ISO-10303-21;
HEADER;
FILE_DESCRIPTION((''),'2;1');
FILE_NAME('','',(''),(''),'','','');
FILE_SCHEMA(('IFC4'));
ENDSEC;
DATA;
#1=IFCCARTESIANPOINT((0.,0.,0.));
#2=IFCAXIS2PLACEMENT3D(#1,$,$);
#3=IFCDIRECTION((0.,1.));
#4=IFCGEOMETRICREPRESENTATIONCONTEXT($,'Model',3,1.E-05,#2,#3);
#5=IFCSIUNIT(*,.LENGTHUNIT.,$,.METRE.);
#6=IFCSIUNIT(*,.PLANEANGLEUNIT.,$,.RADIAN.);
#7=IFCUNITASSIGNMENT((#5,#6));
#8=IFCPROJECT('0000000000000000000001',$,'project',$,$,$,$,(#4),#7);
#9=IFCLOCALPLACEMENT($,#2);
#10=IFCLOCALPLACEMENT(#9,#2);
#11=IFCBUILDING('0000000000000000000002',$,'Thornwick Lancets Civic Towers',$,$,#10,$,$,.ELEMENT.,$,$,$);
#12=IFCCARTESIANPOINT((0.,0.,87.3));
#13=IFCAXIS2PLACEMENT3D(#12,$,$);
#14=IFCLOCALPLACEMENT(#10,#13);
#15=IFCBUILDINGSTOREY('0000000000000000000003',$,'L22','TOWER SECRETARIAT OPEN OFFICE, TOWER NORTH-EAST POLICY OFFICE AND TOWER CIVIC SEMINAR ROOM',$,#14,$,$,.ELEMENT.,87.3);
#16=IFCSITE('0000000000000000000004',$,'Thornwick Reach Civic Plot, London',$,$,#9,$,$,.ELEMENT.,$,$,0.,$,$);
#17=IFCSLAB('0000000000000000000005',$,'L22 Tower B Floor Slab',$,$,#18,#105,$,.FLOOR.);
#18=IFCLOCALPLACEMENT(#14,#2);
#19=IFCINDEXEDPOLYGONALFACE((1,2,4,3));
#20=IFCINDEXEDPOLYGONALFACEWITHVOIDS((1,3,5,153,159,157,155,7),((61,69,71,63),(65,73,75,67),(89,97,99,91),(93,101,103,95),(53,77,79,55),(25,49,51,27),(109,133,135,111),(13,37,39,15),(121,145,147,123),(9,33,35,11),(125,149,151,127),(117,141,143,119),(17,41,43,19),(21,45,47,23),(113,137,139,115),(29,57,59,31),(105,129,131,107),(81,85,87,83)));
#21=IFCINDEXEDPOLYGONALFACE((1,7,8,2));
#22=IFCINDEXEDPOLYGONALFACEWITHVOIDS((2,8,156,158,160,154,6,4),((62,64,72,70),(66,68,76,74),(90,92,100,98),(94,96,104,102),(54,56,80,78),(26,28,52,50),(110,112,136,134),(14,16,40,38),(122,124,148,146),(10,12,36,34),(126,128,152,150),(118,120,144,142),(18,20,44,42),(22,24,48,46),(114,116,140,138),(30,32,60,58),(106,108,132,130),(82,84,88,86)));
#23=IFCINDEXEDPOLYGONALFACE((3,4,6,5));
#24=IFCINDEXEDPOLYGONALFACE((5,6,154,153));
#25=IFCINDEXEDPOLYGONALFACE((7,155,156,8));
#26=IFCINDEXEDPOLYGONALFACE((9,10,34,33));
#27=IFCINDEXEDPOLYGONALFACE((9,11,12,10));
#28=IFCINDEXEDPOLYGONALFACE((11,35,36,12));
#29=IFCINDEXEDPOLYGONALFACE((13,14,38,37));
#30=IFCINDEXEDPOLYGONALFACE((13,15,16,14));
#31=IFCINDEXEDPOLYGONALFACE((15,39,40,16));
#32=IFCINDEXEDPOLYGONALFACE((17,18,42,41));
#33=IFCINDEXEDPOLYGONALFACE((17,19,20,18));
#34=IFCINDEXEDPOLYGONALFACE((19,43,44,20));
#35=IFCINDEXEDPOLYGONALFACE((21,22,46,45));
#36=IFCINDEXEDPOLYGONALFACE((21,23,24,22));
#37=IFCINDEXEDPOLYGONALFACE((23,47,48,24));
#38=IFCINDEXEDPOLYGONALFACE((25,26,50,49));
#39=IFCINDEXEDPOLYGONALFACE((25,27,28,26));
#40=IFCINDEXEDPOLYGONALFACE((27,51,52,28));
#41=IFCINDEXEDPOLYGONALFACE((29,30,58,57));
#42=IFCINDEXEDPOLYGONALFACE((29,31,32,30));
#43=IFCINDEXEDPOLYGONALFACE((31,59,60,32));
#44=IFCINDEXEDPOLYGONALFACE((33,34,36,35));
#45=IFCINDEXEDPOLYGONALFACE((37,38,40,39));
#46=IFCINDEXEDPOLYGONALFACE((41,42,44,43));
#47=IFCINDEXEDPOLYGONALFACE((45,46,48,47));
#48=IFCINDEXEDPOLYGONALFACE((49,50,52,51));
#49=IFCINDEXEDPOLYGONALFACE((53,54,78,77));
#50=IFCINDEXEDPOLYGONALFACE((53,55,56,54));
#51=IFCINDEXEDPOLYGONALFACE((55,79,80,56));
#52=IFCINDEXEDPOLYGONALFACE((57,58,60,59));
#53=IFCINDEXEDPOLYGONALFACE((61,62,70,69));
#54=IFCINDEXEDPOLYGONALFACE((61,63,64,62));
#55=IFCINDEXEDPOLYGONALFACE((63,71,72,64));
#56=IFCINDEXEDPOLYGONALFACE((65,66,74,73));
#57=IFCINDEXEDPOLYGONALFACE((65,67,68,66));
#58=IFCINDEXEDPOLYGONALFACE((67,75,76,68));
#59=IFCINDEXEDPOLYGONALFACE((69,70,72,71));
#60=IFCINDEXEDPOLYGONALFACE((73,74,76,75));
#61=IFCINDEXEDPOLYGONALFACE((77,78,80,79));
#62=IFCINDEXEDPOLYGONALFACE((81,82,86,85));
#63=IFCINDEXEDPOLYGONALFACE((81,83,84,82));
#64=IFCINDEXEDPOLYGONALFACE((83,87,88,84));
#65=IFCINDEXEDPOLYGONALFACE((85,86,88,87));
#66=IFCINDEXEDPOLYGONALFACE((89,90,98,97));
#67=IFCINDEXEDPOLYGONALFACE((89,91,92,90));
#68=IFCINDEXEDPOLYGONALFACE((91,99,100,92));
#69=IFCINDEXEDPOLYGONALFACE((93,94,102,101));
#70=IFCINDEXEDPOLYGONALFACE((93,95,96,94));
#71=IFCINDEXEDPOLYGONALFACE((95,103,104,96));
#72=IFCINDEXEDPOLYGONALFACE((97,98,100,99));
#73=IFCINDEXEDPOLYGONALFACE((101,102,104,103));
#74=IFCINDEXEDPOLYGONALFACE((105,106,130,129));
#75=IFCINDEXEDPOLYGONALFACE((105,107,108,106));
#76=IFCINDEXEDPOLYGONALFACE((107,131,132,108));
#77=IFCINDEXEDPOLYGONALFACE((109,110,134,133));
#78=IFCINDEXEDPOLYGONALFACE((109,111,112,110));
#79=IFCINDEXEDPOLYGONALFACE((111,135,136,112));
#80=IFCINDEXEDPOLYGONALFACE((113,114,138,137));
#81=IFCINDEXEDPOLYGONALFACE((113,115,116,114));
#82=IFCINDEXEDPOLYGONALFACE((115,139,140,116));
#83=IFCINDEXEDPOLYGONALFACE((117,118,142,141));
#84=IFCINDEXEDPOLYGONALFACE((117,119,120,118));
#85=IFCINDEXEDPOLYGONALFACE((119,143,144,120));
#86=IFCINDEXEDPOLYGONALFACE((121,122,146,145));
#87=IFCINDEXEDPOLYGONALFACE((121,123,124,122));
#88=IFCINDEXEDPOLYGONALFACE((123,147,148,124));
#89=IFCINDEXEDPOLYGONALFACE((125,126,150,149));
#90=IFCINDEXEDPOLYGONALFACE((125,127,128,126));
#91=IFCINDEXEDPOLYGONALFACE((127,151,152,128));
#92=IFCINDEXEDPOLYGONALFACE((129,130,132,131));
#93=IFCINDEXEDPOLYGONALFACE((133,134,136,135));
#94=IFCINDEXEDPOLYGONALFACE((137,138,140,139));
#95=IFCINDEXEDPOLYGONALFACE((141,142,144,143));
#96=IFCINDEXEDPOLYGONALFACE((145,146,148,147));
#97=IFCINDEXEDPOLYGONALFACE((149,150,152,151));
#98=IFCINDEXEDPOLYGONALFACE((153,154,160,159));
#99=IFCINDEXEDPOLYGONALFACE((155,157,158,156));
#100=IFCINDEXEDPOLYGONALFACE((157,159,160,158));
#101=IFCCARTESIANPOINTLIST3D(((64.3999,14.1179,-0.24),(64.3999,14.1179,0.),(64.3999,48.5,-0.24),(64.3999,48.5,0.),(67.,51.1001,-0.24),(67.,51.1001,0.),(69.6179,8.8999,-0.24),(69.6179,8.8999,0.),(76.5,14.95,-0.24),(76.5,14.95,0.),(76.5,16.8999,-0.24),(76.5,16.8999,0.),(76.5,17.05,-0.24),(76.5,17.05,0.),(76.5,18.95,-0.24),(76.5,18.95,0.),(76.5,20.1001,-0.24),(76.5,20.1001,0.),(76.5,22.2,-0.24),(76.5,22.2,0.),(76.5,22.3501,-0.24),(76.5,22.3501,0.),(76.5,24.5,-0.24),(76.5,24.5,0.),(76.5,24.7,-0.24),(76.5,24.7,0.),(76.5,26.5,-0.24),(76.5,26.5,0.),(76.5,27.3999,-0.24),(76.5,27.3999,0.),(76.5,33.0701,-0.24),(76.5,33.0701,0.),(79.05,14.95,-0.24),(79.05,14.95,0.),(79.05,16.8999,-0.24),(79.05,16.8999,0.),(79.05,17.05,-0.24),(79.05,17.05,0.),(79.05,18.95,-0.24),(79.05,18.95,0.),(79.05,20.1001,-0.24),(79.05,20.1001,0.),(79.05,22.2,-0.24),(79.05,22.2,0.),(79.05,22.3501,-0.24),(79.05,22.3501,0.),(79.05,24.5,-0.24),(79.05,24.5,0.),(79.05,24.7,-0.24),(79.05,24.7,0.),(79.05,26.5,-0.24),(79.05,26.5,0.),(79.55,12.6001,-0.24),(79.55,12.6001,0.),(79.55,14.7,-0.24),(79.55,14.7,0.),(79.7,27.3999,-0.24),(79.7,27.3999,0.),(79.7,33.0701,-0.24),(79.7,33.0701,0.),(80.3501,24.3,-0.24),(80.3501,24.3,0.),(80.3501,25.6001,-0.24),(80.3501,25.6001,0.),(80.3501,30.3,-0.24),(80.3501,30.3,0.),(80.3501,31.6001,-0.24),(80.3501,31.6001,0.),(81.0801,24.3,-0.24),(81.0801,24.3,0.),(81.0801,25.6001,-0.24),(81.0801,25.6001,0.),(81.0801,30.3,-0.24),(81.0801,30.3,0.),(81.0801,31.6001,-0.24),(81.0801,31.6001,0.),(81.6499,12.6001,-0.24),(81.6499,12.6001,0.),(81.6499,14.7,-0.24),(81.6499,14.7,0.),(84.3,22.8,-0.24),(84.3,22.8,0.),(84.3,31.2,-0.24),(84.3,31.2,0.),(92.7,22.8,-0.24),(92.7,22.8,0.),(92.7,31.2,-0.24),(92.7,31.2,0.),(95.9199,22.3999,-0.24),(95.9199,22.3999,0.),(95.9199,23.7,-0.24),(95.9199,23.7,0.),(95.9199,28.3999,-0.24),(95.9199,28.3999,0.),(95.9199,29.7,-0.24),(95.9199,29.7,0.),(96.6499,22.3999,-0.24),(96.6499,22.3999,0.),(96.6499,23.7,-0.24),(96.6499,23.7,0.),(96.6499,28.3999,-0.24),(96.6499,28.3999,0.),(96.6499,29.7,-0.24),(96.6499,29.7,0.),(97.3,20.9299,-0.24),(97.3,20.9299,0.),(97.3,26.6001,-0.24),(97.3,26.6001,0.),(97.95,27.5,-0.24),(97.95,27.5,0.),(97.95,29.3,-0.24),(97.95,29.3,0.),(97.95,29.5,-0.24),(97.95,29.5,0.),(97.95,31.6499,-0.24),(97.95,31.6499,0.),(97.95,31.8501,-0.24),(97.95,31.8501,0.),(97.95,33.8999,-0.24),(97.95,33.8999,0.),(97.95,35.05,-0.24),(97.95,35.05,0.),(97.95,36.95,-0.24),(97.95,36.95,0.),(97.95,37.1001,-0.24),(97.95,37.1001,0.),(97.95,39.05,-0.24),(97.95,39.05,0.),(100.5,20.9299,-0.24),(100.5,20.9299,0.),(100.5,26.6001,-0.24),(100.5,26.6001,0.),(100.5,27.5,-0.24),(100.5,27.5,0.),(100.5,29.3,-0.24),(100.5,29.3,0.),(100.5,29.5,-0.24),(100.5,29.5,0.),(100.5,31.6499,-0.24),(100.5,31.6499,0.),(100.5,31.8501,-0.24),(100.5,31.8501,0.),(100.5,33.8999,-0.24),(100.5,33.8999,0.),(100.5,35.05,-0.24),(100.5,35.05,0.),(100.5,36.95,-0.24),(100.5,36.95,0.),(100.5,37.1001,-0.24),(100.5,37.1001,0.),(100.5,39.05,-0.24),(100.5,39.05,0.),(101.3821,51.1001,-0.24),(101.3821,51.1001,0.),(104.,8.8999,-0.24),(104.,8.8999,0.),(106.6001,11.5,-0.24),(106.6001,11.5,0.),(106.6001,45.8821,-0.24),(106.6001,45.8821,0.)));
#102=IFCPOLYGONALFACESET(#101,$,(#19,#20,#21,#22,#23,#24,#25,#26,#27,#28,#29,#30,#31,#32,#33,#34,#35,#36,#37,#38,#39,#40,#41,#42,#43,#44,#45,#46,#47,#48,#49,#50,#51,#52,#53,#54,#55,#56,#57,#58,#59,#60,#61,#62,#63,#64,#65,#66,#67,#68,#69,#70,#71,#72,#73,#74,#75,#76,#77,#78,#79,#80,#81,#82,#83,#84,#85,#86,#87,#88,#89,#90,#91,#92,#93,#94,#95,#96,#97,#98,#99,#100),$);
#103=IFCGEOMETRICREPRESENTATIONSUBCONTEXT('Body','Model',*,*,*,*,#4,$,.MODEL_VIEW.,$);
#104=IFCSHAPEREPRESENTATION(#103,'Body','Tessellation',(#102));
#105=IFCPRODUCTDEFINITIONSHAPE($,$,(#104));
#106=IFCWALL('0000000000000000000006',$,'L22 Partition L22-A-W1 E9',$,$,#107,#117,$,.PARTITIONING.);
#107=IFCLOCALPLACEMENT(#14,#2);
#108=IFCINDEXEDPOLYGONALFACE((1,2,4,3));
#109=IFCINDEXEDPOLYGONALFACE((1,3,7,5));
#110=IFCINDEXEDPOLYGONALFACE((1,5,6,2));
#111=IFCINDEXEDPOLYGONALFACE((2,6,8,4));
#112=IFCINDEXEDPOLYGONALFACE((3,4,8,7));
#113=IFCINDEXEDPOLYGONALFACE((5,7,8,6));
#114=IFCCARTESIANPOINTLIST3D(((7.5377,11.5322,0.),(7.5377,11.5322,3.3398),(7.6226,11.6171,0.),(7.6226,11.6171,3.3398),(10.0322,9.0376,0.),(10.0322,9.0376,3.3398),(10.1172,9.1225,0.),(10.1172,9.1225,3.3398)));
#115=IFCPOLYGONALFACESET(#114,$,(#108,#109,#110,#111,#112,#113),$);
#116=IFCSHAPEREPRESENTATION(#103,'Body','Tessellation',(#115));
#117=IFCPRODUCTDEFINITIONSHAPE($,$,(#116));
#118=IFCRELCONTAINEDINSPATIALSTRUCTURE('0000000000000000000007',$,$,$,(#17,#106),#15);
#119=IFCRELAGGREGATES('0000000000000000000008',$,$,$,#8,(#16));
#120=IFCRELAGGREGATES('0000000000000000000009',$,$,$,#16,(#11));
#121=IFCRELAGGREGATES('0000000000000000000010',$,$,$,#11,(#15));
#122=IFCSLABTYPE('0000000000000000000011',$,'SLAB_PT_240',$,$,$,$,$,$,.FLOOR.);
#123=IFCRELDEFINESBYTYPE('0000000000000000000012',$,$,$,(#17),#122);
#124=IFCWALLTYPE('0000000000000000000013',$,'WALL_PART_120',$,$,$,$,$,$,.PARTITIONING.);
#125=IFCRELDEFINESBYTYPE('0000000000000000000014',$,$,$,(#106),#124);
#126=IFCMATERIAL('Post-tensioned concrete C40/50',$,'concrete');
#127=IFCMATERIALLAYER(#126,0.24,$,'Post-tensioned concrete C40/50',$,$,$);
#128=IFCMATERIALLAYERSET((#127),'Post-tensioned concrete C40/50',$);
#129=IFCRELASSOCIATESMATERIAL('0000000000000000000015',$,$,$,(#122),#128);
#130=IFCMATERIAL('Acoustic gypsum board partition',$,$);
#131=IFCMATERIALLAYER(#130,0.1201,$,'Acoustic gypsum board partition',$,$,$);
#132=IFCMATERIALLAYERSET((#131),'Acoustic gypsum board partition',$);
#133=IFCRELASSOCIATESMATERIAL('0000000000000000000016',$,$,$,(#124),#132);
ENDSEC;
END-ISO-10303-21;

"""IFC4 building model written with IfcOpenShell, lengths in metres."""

from ifc_helpers import new_model, si_unit, direction, frame, frame_2d, origin, place, context, subcontext, project, spatial, polyline, rectangle, outline, extrude, material, layer, layer_set, type_object, element, save


model = new_model("IFC4")

# Units and contexts
model_context = context("Model", 3, precision=1e-05, world=origin(), true_north=direction((0.0, 1.0)))
body_context = subcontext(model_context, "Body", "Model", "MODEL_VIEW")
ifc_project = project(units=[si_unit("LENGTHUNIT", "METRE"), si_unit("PLANEANGLEUNIT", "RADIAN")], contexts=[model_context])

# Site, building, storey
site_placement = place(None, origin())
site = spatial("IfcSite", under=ifc_project, at=site_placement, Name="Thornwick Reach Civic Plot, London", CompositionType="ELEMENT", RefElevation=0.0)
building_placement = place(site_placement, origin())
building = spatial("IfcBuilding", under=site, at=building_placement, Name="Thornwick Lancets Civic Towers", CompositionType="ELEMENT")
storey_placement = place(building_placement, frame((0.0, 0.0, 87.3)))
storey = spatial("IfcBuildingStorey", under=building, at=storey_placement, Name="L22", Description="TOWER SECRETARIAT OPEN OFFICE, TOWER NORTH-EAST POLICY OFFICE AND TOWER CIVIC SEMINAR ROOM", CompositionType="ELEMENT", Elevation=87.3)

# Shared definitions
ifc_material_1 = material(Name="Post-tensioned concrete C40/50", Category="concrete")

# Slab
ifc_layer_1 = layer(ifc_material_1, 0.24, Name="Post-tensioned concrete C40/50")
ifc_layer_set_1 = layer_set([ifc_layer_1], Name="Post-tensioned concrete C40/50")
slab_type_1 = type_object("IfcSlabType", Name="SLAB_PT_240", PredefinedType="FLOOR", material=ifc_layer_set_1)
slab_1_placement = place(storey_placement, frame((0.0, 0.0, -0.24)))
element("IfcSlab", 1, at=slab_1_placement, inside=storey, type_object=slab_type_1, Name="L22 Tower B Floor Slab", PredefinedType="FLOOR", context=body_context, shape_type="SweptSolid", body=[
    extrude(outline(polyline([(69.6179, 8.8999), (104.0, 8.8999), (106.6001, 11.5), (106.6001, 45.8821), (101.3821, 51.1001), (67.0, 51.1001), (64.3999, 48.5), (64.3999, 14.1179), (69.6179, 8.8999)]), holes=[polyline([(84.3, 22.8), (92.7, 22.8), (92.7, 31.2), (84.3, 31.2), (84.3, 22.8)]), polyline([(100.5, 20.9299), (100.5, 26.6001), (97.3, 26.6001), (97.3, 20.9299), (100.5, 20.9299)]), polyline([(76.5, 33.0701), (76.5, 27.3999), (79.7, 27.3999), (79.7, 33.0701), (76.5, 33.0701)]), polyline([(97.95, 27.5), (100.5, 27.5), (100.5, 29.3), (97.95, 29.3), (97.95, 27.5)]), polyline([(97.95, 29.5), (100.5, 29.5), (100.5, 31.6499), (97.95, 31.6499), (97.95, 29.5)]), polyline([(97.95, 31.8501), (100.5, 31.8501), (100.5, 33.8999), (97.95, 33.8999), (97.95, 31.8501)]), polyline([(97.95, 35.05), (100.5, 35.05), (100.5, 36.95), (97.95, 36.95), (97.95, 35.05)]), polyline([(97.95, 37.1001), (100.5, 37.1001), (100.5, 39.05), (97.95, 39.05), (97.95, 37.1001)]), polyline([(76.5, 24.7), (79.05, 24.7), (79.05, 26.5), (76.5, 26.5), (76.5, 24.7)]), polyline([(76.5, 22.3501), (79.05, 22.3501), (79.05, 24.5), (76.5, 24.5), (76.5, 22.3501)]), polyline([(76.5, 20.1001), (79.05, 20.1001), (79.05, 22.2), (76.5, 22.2), (76.5, 20.1001)]), polyline([(76.5, 17.05), (79.05, 17.05), (79.05, 18.95), (76.5, 18.95), (76.5, 17.05)]), polyline([(76.5, 14.95), (79.05, 14.95), (79.05, 16.8999), (76.5, 16.8999), (76.5, 14.95)]), polyline([(79.55, 12.6001), (81.6499, 12.6001), (81.6499, 14.7), (79.55, 14.7), (79.55, 12.6001)]), polyline([(95.9199, 28.3999), (96.6499, 28.3999), (96.6499, 29.7), (95.9199, 29.7), (95.9199, 28.3999)]), polyline([(95.9199, 22.3999), (96.6499, 22.3999), (96.6499, 23.7), (95.9199, 23.7), (95.9199, 22.3999)]), polyline([(80.3501, 24.3), (81.0801, 24.3), (81.0801, 25.6001), (80.3501, 25.6001), (80.3501, 24.3)]), polyline([(80.3501, 30.3), (81.0801, 30.3), (81.0801, 31.6001), (80.3501, 31.6001), (80.3501, 30.3)])]), origin(), (0.0, 0.0, 1.0), 0.24),
])

# Wall
ifc_material_2 = material(Name="Acoustic gypsum board partition")
ifc_layer_2 = layer(ifc_material_2, 0.1201, Name="Acoustic gypsum board partition")
ifc_layer_set_2 = layer_set([ifc_layer_2], Name="Acoustic gypsum board partition")
wall_type = type_object("IfcWallType", Name="WALL_PART_120", PredefinedType="PARTITIONING", material=ifc_layer_set_2)
wall_placement = place(storey_placement, frame((10.0747, 9.0801, 0.0), z_axis=(0.0, 0.0, 1.0), x_axis=(-0.707107, 0.707107, 0.0)))
element("IfcWall", 2, at=wall_placement, inside=storey, type_object=wall_type, Name="L22 Partition L22-A-W1 E9", PredefinedType="PARTITIONING", context=body_context, shape_type="SweptSolid", body=[
    extrude(rectangle(XDim=3.5278, YDim=0.1201, at=frame_2d((1.7639, 0.0))), origin(), (0.0, 0.0, 1.0), 3.3398),
])

save(model, "model.ifc")
